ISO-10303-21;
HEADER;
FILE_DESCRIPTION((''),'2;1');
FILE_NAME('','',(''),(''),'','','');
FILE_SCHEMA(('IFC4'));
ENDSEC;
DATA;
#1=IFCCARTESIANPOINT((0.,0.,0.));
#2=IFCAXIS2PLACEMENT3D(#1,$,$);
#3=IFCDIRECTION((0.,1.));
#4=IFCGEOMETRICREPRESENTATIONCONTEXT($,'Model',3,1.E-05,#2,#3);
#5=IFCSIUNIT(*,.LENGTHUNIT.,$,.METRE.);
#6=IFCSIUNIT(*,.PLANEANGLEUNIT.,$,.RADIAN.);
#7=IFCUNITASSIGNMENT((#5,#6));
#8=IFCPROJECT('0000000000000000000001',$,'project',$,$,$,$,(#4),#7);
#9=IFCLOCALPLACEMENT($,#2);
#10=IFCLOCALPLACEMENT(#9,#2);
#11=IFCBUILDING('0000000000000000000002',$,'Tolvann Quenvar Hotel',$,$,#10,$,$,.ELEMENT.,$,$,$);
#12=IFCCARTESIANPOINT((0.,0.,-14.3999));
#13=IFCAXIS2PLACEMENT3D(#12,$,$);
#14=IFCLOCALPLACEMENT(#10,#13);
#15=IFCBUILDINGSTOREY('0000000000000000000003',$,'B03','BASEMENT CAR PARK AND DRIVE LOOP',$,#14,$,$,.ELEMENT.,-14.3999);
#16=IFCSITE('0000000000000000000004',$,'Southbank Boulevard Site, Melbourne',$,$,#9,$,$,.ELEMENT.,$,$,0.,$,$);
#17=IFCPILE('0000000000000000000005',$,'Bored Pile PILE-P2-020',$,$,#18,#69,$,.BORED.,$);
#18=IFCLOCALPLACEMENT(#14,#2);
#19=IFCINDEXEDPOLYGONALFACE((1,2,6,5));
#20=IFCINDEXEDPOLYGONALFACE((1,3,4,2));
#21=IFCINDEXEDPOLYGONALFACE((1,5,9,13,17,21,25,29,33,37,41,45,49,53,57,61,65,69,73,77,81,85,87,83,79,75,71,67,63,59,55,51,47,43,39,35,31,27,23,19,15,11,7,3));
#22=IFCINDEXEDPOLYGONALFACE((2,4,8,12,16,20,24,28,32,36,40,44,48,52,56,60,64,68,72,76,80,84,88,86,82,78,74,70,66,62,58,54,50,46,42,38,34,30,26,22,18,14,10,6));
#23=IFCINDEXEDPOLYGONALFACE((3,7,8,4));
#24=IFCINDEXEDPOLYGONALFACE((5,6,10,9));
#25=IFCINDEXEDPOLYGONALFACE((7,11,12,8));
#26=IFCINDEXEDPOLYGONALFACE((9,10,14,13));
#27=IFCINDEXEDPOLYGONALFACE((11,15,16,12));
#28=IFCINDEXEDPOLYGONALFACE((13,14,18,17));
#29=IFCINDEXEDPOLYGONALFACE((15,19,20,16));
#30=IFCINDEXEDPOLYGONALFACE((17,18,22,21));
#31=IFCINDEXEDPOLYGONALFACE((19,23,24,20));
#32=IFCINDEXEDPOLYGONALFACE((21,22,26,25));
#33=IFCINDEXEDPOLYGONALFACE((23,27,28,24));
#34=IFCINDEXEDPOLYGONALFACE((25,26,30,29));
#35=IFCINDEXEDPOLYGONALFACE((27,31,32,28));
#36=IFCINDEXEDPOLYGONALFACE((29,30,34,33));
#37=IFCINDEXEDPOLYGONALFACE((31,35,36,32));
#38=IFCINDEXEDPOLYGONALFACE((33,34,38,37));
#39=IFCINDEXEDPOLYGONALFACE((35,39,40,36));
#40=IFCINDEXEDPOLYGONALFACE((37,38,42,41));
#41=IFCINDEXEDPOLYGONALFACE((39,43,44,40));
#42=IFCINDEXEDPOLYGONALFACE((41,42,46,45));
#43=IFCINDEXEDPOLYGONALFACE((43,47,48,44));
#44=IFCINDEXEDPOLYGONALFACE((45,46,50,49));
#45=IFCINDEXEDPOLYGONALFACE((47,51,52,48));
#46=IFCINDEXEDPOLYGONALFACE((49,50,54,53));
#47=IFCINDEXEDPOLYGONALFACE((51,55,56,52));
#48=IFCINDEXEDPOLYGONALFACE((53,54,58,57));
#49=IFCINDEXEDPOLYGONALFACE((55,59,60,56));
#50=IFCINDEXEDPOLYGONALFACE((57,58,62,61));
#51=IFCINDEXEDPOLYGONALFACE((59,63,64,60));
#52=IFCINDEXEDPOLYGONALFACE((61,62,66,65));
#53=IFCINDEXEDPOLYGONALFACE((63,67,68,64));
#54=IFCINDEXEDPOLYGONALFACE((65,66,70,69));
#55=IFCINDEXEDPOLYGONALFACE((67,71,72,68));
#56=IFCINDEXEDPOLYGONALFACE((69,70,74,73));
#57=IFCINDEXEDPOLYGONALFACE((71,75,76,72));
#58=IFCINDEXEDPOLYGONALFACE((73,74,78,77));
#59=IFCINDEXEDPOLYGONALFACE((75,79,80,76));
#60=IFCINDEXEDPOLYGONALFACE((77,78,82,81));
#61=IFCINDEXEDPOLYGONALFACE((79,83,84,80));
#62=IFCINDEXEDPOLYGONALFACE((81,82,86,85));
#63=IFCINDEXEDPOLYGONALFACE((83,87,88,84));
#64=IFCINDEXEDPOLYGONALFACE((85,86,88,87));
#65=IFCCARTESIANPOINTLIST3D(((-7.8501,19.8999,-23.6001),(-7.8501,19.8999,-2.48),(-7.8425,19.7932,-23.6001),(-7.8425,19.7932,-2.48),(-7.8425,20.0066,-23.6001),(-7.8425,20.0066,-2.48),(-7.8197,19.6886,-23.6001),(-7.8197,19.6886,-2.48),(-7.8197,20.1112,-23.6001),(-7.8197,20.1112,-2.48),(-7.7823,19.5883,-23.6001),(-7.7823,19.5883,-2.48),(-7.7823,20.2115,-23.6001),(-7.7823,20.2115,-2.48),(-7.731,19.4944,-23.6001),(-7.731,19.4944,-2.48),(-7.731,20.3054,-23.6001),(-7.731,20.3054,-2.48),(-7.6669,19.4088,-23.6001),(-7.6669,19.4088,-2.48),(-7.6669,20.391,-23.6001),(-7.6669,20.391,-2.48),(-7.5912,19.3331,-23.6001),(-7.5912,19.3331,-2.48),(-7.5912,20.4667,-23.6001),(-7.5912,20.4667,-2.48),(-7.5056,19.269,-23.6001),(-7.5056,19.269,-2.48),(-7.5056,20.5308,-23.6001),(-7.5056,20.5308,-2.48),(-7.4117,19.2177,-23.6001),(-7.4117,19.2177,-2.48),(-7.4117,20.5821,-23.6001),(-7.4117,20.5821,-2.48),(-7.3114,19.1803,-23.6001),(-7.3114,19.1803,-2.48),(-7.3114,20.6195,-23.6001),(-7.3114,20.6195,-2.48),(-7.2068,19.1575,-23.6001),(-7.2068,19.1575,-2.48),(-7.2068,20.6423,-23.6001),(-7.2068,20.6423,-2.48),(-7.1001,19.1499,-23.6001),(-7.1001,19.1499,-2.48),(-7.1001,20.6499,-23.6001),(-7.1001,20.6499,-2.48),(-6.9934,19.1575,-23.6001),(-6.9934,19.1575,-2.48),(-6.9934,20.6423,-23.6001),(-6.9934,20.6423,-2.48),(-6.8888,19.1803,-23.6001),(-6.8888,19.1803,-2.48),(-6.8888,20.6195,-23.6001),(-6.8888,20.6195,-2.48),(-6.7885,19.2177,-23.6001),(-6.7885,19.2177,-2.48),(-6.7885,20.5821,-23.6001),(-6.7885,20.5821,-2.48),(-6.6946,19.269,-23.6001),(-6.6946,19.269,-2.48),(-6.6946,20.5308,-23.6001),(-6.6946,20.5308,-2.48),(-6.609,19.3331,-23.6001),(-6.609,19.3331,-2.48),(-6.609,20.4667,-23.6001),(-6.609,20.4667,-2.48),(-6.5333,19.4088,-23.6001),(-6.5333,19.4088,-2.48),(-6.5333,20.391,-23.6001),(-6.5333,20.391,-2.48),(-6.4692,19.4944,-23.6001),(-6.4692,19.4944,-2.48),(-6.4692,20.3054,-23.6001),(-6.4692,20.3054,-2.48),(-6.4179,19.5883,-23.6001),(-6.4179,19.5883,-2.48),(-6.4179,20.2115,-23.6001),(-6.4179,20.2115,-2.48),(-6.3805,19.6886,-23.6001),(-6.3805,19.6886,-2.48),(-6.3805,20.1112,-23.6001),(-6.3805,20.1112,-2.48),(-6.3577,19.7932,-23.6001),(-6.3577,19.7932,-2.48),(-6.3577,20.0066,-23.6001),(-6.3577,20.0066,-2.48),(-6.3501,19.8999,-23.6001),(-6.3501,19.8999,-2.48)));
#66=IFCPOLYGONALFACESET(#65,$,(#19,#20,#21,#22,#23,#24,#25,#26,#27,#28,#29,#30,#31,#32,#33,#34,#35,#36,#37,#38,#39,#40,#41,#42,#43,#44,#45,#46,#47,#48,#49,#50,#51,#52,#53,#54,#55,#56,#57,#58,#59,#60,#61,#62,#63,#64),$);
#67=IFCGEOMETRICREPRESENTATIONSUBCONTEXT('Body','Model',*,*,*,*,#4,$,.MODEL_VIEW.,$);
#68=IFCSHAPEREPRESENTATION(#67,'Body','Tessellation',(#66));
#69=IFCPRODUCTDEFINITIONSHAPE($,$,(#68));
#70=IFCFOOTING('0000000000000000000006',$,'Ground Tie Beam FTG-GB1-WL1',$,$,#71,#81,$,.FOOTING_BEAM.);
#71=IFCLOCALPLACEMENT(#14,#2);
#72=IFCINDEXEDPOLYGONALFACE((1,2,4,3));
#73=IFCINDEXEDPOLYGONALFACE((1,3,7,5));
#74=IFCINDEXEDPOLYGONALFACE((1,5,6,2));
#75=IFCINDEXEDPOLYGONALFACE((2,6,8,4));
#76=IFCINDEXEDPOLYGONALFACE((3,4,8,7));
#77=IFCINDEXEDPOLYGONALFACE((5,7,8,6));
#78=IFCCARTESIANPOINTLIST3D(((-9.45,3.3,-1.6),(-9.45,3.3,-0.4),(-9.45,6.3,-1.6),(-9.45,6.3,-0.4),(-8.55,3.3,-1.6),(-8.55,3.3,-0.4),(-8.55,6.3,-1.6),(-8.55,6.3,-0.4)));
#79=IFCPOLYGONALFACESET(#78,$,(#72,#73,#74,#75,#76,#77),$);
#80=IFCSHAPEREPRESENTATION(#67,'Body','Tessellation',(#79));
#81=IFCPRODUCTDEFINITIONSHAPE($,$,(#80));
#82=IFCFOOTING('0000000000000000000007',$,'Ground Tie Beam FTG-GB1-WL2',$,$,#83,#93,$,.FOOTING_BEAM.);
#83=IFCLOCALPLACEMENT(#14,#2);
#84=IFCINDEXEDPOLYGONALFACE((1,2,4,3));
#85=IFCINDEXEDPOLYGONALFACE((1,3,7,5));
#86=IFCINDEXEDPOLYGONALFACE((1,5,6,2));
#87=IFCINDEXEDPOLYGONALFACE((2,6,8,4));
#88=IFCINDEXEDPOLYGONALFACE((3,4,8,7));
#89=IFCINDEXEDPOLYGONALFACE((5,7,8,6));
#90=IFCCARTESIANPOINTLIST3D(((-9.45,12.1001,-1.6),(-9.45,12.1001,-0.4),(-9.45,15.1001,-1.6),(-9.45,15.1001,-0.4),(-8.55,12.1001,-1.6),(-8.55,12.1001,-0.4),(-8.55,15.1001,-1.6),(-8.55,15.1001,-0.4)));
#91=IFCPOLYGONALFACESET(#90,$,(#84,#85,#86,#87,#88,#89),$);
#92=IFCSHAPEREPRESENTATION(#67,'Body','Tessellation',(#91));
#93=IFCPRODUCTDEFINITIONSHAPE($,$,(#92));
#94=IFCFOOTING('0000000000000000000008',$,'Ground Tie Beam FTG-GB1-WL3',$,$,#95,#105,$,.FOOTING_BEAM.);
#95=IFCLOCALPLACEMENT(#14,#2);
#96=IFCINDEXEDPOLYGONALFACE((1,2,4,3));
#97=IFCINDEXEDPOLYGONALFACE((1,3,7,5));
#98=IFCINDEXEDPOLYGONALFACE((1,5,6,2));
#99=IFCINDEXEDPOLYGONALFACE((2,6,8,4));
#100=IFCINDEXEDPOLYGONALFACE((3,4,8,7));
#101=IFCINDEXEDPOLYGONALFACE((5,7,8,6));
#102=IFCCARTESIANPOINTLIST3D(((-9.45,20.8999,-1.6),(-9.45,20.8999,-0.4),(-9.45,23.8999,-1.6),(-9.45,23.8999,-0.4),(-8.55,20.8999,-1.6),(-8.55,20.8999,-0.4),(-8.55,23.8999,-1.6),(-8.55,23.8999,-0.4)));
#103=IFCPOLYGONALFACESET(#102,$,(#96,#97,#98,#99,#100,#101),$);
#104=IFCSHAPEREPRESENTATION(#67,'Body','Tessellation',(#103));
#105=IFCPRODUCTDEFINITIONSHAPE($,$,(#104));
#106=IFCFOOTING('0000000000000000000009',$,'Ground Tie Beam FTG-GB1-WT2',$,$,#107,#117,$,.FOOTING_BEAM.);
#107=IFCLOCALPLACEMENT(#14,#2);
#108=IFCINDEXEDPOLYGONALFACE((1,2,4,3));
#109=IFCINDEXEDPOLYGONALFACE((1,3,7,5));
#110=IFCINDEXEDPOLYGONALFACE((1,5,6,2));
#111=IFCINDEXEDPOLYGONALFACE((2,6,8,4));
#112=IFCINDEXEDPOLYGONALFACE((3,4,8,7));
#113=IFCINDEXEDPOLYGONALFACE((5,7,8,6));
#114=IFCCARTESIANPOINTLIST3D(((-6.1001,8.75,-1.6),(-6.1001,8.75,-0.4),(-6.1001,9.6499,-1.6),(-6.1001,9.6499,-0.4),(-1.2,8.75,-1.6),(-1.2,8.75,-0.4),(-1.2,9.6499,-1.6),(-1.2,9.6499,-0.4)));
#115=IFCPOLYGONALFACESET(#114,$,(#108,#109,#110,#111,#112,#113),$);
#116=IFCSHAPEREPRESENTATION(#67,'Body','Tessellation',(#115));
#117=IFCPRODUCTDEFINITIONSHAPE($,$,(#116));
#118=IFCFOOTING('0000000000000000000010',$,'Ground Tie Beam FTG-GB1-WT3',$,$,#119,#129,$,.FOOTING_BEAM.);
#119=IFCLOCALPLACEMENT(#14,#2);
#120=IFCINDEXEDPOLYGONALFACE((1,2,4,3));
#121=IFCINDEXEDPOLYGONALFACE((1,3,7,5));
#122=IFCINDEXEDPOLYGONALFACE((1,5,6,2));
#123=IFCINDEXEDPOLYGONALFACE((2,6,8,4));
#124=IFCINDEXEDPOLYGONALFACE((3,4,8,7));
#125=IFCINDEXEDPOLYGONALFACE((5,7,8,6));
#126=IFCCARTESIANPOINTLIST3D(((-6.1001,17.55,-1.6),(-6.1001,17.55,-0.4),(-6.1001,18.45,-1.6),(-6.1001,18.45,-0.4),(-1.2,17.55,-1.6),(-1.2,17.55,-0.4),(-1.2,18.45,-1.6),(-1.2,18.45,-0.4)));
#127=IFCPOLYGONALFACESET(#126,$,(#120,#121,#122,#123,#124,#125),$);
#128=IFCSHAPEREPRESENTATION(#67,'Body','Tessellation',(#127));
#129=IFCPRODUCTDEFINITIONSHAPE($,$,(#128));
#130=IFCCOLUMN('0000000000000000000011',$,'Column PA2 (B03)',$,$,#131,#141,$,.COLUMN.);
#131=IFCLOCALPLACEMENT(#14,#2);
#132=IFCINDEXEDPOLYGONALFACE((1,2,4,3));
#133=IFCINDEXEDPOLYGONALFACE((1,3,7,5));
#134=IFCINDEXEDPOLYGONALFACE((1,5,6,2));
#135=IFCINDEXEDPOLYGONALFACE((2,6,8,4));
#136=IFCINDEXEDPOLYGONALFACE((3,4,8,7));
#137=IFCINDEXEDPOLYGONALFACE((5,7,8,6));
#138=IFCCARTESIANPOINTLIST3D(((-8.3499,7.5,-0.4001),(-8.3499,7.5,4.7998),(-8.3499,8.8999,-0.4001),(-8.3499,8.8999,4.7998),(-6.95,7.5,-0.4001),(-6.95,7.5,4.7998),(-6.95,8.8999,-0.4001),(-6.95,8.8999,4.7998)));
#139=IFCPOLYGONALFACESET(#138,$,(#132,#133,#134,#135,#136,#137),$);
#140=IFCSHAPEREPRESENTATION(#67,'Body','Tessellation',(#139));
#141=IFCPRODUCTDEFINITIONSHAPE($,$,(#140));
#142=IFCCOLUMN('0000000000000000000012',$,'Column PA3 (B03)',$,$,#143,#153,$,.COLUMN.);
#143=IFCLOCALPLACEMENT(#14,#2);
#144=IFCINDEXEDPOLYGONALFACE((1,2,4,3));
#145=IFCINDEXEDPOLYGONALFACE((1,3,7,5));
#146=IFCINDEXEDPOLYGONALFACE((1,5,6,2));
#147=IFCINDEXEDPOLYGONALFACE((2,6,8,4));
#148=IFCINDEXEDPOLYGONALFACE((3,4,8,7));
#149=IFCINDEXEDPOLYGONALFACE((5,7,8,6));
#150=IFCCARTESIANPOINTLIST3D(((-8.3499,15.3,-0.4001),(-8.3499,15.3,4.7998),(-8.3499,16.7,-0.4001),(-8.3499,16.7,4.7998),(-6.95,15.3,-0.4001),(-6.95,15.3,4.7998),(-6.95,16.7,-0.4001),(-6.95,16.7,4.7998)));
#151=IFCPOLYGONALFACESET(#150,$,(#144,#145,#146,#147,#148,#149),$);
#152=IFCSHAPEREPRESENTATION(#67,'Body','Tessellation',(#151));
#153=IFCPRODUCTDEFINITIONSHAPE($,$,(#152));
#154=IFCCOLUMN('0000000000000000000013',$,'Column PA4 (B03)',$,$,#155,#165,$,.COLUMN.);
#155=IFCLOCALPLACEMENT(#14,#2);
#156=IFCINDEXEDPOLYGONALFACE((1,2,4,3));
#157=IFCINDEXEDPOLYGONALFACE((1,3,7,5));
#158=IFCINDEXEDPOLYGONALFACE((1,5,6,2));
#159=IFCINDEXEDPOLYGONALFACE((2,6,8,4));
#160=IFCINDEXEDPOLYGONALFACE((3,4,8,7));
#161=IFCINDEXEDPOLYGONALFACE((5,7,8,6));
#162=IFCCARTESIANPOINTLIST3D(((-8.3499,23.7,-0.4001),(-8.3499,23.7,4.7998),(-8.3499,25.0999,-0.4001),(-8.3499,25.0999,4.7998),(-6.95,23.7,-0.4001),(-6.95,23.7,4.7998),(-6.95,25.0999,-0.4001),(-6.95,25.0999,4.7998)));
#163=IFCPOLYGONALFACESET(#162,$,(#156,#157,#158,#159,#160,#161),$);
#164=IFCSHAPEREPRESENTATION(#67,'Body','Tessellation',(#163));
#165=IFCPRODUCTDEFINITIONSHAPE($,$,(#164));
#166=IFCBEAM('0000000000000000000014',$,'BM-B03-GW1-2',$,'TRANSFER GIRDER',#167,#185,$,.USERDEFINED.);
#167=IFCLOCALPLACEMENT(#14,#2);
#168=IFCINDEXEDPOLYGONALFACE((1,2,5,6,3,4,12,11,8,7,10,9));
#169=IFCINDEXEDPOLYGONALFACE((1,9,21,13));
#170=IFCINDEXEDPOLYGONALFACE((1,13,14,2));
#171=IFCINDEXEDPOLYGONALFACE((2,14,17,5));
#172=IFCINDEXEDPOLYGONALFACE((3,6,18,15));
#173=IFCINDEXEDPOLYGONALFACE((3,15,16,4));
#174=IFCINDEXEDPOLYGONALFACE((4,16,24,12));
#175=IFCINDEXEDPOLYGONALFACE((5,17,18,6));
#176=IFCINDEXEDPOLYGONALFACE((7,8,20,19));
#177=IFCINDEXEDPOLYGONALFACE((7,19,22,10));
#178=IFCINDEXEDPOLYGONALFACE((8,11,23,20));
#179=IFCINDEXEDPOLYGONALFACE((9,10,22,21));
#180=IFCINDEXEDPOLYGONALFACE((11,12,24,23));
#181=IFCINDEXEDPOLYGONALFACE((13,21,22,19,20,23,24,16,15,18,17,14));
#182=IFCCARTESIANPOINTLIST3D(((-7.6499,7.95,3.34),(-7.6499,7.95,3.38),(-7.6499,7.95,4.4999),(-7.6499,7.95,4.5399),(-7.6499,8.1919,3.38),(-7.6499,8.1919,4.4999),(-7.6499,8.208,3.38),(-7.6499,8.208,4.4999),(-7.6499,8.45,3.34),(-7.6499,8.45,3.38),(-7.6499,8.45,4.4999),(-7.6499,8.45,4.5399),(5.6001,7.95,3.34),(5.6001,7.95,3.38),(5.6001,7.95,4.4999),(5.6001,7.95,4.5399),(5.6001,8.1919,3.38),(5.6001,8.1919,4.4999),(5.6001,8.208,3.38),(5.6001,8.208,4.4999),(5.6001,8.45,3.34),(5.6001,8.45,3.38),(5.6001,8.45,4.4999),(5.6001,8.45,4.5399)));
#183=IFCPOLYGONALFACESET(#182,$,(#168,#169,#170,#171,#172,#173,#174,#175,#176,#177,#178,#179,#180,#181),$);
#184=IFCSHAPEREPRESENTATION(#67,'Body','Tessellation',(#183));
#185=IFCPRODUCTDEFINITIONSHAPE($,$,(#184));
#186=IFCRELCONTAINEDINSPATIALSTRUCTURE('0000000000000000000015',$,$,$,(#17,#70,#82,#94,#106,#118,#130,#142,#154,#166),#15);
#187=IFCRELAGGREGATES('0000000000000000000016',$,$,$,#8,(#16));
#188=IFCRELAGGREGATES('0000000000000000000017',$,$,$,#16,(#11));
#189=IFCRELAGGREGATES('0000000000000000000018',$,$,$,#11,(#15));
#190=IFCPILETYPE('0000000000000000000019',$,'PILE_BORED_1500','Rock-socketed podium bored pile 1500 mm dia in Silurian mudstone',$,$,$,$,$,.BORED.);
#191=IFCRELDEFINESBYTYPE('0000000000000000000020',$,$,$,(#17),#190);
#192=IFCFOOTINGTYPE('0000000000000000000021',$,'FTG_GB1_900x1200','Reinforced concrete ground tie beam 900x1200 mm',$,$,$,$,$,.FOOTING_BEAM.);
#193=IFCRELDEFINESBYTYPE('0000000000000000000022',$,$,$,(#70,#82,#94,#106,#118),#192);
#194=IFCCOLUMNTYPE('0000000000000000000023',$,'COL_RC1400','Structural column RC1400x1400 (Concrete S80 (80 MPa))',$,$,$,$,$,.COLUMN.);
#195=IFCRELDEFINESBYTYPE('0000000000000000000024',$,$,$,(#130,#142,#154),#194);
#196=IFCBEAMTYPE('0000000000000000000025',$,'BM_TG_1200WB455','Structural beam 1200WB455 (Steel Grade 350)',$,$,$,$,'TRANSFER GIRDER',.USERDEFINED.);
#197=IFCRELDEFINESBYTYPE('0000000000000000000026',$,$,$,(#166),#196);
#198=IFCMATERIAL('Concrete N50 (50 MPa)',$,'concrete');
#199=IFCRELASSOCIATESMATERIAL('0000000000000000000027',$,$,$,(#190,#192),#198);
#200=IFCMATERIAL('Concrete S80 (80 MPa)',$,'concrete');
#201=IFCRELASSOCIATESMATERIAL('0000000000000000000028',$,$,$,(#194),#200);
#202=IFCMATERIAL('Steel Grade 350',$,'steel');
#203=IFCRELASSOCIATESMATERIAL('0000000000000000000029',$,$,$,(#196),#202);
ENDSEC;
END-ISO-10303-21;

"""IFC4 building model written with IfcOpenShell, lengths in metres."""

from ifc_helpers import new_model, si_unit, direction, frame, origin, origin_2d, place, context, subcontext, project, spatial, rectangle, circle, i_section, extrude, source, transform, mapped, material, material_profile, profile_set, type_object, type_shapes, element, save


model = new_model("IFC4")

# Units and contexts
model_context = context("Model", 3, precision=1e-05, world=origin(), true_north=direction((0.0, 1.0)))
body_context = subcontext(model_context, "Body", "Model", "MODEL_VIEW")
ifc_project = project(units=[si_unit("LENGTHUNIT", "METRE"), si_unit("PLANEANGLEUNIT", "RADIAN")], contexts=[model_context])

# Site, building, storey
site_placement = place(None, origin())
site = spatial("IfcSite", under=ifc_project, at=site_placement, Name="Southbank Boulevard Site, Melbourne", CompositionType="ELEMENT", RefElevation=0.0)
building_placement = place(site_placement, origin())
building = spatial("IfcBuilding", under=site, at=building_placement, Name="Tolvann Quenvar Hotel", CompositionType="ELEMENT")
storey_placement = place(building_placement, frame((0.0, 0.0, -14.3999)))
storey = spatial("IfcBuildingStorey", under=building, at=storey_placement, Name="B03", Description="BASEMENT CAR PARK AND DRIVE LOOP", CompositionType="ELEMENT", Elevation=-14.3999)

# Pile
ifc_material_1 = material(Name="Concrete N50 (50 MPa)", Category="concrete")
ifc_material_profile_1 = material_profile(ifc_material_1, circle(Radius=0.75, at=origin_2d()), Name="PILE1500")
ifc_profile_set_1 = profile_set([ifc_material_profile_1], Name="Concrete N50 (50 MPa)")
pile_type = type_object("IfcPileType", Name="PILE_BORED_1500", Description="Rock-socketed podium bored pile 1500 mm dia in Silurian mudstone", PredefinedType="BORED", material=ifc_profile_set_1)
for number, where, z_axis, x_axis, name in (
    (1, (-7.1001, 19.8999, -2.48), (0.0, 0.0, -1.0), (1.0, 0.0, 0.0), "Bored Pile PILE-P2-020"),
):
    element("IfcPile", number, at=place(storey_placement, frame(where, z_axis=z_axis, x_axis=x_axis)), inside=storey, type_object=pile_type, Name=name, PredefinedType="BORED", context=body_context, shape_type="SweptSolid", body=[
        extrude(circle(Radius=0.75, at=origin_2d()), origin(), (0.0, 0.0, 1.0), 21.1201),
    ])

# Footings
ifc_material_profile_2 = material_profile(ifc_material_1, rectangle(XDim=0.8999, YDim=1.2, at=origin_2d()), Name="RC900x1200")
ifc_profile_set_2 = profile_set([ifc_material_profile_2], Name="Concrete N50 (50 MPa)")
footing_type = type_object("IfcFootingType", Name="FTG_GB1_900x1200", Description="Reinforced concrete ground tie beam 900x1200 mm", PredefinedType="FOOTING_BEAM", material=ifc_profile_set_2)
shared_shape_1 = source(origin(), body_context, "Body", "SweptSolid", [
    extrude(rectangle(XDim=0.8999, YDim=1.2, at=origin_2d()), origin(), (0.0, 0.0, 1.0), 3.0),
])
for number, where, z_axis, x_axis, name in (
    (2, (-9.0, 3.3, -1.0), (0.0, 1.0, 0.0), (-1.0, 0.0, 0.0), "Ground Tie Beam FTG-GB1-WL1"),
    (3, (-9.0, 12.1001, -1.0), (0.0, 1.0, 0.0), (-1.0, 0.0, 0.0), "Ground Tie Beam FTG-GB1-WL2"),
    (4, (-9.0, 20.8999, -1.0), (0.0, 1.0, 0.0), (-1.0, 0.0, 0.0), "Ground Tie Beam FTG-GB1-WL3"),
):
    element("IfcFooting", number, at=place(storey_placement, frame(where, z_axis=z_axis, x_axis=x_axis)), inside=storey, type_object=footing_type, Name=name, PredefinedType="FOOTING_BEAM", context=body_context, shape_type="MappedRepresentation", body=[
        mapped(shared_shape_1, transform((0.0, 0.0, 0.0), x_axis=(1.0, 0.0, 0.0), y_axis=(0.0, 1.0, 0.0), z_axis=(0.0, 0.0, 1.0), scale=1.0)),
    ])
shared_shape_2 = source(origin(), body_context, "Body", "SweptSolid", [
    extrude(rectangle(XDim=0.8999, YDim=1.2, at=origin_2d()), origin(), (0.0, 0.0, 1.0), 4.9001),
])
type_shapes(footing_type, [shared_shape_1, shared_shape_2])
for number, where, z_axis, x_axis, name in (
    (5, (-6.1001, 9.2, -1.0), (1.0, 0.0, 0.0), (0.0, 1.0, 0.0), "Ground Tie Beam FTG-GB1-WT2"),
    (6, (-6.1001, 18.0, -1.0), (1.0, 0.0, 0.0), (0.0, 1.0, 0.0), "Ground Tie Beam FTG-GB1-WT3"),
):
    element("IfcFooting", number, at=place(storey_placement, frame(where, z_axis=z_axis, x_axis=x_axis)), inside=storey, type_object=footing_type, Name=name, PredefinedType="FOOTING_BEAM", context=body_context, shape_type="MappedRepresentation", body=[
        mapped(shared_shape_2, transform((0.0, 0.0, 0.0), x_axis=(1.0, 0.0, 0.0), y_axis=(0.0, 1.0, 0.0), z_axis=(0.0, 0.0, 1.0), scale=1.0)),
    ])

# Columns
ifc_material_2 = material(Name="Concrete S80 (80 MPa)", Category="concrete")
ifc_material_profile_3 = material_profile(ifc_material_2, rectangle(XDim=1.3999, YDim=1.3999, at=origin_2d()), Name="RC1400x1400")
ifc_profile_set_3 = profile_set([ifc_material_profile_3], Name="Concrete S80 (80 MPa)")
column_type = type_object("IfcColumnType", Name="COL_RC1400", Description="Structural column RC1400x1400 (Concrete S80 (80 MPa))", PredefinedType="COLUMN", material=ifc_profile_set_3)
shared_shape_3 = source(origin(), body_context, "Body", "SweptSolid", [
    extrude(rectangle(XDim=1.3999, YDim=1.3999, at=origin_2d()), origin(), (0.0, 0.0, 1.0), 5.2),
])
type_shapes(column_type, [shared_shape_3])
for number, where, z_axis, x_axis, name in (
    (7, (-7.6499, 8.2, -0.4001), (0.0, 0.0, 1.0), (1.0, 0.0, 0.0), "Column PA2 (B03)"),
    (8, (-7.6499, 16.0, -0.4001), (0.0, 0.0, 1.0), (1.0, 0.0, 0.0), "Column PA3 (B03)"),
    (9, (-7.6499, 24.3999, -0.4001), (0.0, 0.0, 1.0), (1.0, 0.0, 0.0), "Column PA4 (B03)"),
):
    element("IfcColumn", number, at=place(storey_placement, frame(where, z_axis=z_axis, x_axis=x_axis)), inside=storey, type_object=column_type, Name=name, PredefinedType="COLUMN", context=body_context, shape_type="MappedRepresentation", body=[
        mapped(shared_shape_3, transform((0.0, 0.0, 0.0), x_axis=(1.0, 0.0, 0.0), y_axis=(0.0, 1.0, 0.0), z_axis=(0.0, 0.0, 1.0), scale=1.0)),
    ])

# Beam
ifc_material_3 = material(Name="Steel Grade 350", Category="steel")
ifc_material_profile_4 = material_profile(ifc_material_3, i_section(OverallWidth=0.5, OverallDepth=1.2, WebThickness=0.0161, FlangeThickness=0.04, at=origin_2d()), Name="1200WB455")
ifc_profile_set_4 = profile_set([ifc_material_profile_4], Name="Steel Grade 350")
beam_type_1 = type_object("IfcBeamType", Name="BM_TG_1200WB455", Description="Structural beam 1200WB455 (Steel Grade 350)", ElementType="TRANSFER GIRDER", PredefinedType="USERDEFINED", material=ifc_profile_set_4)
shared_shape_4 = source(origin(), body_context, "Body", "SweptSolid", [
    extrude(i_section(OverallWidth=0.5, OverallDepth=1.2, WebThickness=0.0161, FlangeThickness=0.04, at=origin_2d()), origin(), (0.0, 0.0, 1.0), 13.25),
])
type_shapes(beam_type_1, [shared_shape_4])
for number, where, z_axis, x_axis, name in (
    (10, (-7.6499, 8.2, 3.9399), (1.0, 0.0, 0.0), (0.0, 1.0, 0.0), "BM-B03-GW1-2"),
):
    element("IfcBeam", number, at=place(storey_placement, frame(where, z_axis=z_axis, x_axis=x_axis)), inside=storey, type_object=beam_type_1, Name=name, ObjectType="TRANSFER GIRDER", PredefinedType="USERDEFINED", context=body_context, shape_type="MappedRepresentation", body=[
        mapped(shared_shape_4, transform((0.0, 0.0, 0.0), x_axis=(1.0, 0.0, 0.0), y_axis=(0.0, 1.0, 0.0), z_axis=(0.0, 0.0, 1.0), scale=1.0)),
    ])

save(model, "model.ifc")
